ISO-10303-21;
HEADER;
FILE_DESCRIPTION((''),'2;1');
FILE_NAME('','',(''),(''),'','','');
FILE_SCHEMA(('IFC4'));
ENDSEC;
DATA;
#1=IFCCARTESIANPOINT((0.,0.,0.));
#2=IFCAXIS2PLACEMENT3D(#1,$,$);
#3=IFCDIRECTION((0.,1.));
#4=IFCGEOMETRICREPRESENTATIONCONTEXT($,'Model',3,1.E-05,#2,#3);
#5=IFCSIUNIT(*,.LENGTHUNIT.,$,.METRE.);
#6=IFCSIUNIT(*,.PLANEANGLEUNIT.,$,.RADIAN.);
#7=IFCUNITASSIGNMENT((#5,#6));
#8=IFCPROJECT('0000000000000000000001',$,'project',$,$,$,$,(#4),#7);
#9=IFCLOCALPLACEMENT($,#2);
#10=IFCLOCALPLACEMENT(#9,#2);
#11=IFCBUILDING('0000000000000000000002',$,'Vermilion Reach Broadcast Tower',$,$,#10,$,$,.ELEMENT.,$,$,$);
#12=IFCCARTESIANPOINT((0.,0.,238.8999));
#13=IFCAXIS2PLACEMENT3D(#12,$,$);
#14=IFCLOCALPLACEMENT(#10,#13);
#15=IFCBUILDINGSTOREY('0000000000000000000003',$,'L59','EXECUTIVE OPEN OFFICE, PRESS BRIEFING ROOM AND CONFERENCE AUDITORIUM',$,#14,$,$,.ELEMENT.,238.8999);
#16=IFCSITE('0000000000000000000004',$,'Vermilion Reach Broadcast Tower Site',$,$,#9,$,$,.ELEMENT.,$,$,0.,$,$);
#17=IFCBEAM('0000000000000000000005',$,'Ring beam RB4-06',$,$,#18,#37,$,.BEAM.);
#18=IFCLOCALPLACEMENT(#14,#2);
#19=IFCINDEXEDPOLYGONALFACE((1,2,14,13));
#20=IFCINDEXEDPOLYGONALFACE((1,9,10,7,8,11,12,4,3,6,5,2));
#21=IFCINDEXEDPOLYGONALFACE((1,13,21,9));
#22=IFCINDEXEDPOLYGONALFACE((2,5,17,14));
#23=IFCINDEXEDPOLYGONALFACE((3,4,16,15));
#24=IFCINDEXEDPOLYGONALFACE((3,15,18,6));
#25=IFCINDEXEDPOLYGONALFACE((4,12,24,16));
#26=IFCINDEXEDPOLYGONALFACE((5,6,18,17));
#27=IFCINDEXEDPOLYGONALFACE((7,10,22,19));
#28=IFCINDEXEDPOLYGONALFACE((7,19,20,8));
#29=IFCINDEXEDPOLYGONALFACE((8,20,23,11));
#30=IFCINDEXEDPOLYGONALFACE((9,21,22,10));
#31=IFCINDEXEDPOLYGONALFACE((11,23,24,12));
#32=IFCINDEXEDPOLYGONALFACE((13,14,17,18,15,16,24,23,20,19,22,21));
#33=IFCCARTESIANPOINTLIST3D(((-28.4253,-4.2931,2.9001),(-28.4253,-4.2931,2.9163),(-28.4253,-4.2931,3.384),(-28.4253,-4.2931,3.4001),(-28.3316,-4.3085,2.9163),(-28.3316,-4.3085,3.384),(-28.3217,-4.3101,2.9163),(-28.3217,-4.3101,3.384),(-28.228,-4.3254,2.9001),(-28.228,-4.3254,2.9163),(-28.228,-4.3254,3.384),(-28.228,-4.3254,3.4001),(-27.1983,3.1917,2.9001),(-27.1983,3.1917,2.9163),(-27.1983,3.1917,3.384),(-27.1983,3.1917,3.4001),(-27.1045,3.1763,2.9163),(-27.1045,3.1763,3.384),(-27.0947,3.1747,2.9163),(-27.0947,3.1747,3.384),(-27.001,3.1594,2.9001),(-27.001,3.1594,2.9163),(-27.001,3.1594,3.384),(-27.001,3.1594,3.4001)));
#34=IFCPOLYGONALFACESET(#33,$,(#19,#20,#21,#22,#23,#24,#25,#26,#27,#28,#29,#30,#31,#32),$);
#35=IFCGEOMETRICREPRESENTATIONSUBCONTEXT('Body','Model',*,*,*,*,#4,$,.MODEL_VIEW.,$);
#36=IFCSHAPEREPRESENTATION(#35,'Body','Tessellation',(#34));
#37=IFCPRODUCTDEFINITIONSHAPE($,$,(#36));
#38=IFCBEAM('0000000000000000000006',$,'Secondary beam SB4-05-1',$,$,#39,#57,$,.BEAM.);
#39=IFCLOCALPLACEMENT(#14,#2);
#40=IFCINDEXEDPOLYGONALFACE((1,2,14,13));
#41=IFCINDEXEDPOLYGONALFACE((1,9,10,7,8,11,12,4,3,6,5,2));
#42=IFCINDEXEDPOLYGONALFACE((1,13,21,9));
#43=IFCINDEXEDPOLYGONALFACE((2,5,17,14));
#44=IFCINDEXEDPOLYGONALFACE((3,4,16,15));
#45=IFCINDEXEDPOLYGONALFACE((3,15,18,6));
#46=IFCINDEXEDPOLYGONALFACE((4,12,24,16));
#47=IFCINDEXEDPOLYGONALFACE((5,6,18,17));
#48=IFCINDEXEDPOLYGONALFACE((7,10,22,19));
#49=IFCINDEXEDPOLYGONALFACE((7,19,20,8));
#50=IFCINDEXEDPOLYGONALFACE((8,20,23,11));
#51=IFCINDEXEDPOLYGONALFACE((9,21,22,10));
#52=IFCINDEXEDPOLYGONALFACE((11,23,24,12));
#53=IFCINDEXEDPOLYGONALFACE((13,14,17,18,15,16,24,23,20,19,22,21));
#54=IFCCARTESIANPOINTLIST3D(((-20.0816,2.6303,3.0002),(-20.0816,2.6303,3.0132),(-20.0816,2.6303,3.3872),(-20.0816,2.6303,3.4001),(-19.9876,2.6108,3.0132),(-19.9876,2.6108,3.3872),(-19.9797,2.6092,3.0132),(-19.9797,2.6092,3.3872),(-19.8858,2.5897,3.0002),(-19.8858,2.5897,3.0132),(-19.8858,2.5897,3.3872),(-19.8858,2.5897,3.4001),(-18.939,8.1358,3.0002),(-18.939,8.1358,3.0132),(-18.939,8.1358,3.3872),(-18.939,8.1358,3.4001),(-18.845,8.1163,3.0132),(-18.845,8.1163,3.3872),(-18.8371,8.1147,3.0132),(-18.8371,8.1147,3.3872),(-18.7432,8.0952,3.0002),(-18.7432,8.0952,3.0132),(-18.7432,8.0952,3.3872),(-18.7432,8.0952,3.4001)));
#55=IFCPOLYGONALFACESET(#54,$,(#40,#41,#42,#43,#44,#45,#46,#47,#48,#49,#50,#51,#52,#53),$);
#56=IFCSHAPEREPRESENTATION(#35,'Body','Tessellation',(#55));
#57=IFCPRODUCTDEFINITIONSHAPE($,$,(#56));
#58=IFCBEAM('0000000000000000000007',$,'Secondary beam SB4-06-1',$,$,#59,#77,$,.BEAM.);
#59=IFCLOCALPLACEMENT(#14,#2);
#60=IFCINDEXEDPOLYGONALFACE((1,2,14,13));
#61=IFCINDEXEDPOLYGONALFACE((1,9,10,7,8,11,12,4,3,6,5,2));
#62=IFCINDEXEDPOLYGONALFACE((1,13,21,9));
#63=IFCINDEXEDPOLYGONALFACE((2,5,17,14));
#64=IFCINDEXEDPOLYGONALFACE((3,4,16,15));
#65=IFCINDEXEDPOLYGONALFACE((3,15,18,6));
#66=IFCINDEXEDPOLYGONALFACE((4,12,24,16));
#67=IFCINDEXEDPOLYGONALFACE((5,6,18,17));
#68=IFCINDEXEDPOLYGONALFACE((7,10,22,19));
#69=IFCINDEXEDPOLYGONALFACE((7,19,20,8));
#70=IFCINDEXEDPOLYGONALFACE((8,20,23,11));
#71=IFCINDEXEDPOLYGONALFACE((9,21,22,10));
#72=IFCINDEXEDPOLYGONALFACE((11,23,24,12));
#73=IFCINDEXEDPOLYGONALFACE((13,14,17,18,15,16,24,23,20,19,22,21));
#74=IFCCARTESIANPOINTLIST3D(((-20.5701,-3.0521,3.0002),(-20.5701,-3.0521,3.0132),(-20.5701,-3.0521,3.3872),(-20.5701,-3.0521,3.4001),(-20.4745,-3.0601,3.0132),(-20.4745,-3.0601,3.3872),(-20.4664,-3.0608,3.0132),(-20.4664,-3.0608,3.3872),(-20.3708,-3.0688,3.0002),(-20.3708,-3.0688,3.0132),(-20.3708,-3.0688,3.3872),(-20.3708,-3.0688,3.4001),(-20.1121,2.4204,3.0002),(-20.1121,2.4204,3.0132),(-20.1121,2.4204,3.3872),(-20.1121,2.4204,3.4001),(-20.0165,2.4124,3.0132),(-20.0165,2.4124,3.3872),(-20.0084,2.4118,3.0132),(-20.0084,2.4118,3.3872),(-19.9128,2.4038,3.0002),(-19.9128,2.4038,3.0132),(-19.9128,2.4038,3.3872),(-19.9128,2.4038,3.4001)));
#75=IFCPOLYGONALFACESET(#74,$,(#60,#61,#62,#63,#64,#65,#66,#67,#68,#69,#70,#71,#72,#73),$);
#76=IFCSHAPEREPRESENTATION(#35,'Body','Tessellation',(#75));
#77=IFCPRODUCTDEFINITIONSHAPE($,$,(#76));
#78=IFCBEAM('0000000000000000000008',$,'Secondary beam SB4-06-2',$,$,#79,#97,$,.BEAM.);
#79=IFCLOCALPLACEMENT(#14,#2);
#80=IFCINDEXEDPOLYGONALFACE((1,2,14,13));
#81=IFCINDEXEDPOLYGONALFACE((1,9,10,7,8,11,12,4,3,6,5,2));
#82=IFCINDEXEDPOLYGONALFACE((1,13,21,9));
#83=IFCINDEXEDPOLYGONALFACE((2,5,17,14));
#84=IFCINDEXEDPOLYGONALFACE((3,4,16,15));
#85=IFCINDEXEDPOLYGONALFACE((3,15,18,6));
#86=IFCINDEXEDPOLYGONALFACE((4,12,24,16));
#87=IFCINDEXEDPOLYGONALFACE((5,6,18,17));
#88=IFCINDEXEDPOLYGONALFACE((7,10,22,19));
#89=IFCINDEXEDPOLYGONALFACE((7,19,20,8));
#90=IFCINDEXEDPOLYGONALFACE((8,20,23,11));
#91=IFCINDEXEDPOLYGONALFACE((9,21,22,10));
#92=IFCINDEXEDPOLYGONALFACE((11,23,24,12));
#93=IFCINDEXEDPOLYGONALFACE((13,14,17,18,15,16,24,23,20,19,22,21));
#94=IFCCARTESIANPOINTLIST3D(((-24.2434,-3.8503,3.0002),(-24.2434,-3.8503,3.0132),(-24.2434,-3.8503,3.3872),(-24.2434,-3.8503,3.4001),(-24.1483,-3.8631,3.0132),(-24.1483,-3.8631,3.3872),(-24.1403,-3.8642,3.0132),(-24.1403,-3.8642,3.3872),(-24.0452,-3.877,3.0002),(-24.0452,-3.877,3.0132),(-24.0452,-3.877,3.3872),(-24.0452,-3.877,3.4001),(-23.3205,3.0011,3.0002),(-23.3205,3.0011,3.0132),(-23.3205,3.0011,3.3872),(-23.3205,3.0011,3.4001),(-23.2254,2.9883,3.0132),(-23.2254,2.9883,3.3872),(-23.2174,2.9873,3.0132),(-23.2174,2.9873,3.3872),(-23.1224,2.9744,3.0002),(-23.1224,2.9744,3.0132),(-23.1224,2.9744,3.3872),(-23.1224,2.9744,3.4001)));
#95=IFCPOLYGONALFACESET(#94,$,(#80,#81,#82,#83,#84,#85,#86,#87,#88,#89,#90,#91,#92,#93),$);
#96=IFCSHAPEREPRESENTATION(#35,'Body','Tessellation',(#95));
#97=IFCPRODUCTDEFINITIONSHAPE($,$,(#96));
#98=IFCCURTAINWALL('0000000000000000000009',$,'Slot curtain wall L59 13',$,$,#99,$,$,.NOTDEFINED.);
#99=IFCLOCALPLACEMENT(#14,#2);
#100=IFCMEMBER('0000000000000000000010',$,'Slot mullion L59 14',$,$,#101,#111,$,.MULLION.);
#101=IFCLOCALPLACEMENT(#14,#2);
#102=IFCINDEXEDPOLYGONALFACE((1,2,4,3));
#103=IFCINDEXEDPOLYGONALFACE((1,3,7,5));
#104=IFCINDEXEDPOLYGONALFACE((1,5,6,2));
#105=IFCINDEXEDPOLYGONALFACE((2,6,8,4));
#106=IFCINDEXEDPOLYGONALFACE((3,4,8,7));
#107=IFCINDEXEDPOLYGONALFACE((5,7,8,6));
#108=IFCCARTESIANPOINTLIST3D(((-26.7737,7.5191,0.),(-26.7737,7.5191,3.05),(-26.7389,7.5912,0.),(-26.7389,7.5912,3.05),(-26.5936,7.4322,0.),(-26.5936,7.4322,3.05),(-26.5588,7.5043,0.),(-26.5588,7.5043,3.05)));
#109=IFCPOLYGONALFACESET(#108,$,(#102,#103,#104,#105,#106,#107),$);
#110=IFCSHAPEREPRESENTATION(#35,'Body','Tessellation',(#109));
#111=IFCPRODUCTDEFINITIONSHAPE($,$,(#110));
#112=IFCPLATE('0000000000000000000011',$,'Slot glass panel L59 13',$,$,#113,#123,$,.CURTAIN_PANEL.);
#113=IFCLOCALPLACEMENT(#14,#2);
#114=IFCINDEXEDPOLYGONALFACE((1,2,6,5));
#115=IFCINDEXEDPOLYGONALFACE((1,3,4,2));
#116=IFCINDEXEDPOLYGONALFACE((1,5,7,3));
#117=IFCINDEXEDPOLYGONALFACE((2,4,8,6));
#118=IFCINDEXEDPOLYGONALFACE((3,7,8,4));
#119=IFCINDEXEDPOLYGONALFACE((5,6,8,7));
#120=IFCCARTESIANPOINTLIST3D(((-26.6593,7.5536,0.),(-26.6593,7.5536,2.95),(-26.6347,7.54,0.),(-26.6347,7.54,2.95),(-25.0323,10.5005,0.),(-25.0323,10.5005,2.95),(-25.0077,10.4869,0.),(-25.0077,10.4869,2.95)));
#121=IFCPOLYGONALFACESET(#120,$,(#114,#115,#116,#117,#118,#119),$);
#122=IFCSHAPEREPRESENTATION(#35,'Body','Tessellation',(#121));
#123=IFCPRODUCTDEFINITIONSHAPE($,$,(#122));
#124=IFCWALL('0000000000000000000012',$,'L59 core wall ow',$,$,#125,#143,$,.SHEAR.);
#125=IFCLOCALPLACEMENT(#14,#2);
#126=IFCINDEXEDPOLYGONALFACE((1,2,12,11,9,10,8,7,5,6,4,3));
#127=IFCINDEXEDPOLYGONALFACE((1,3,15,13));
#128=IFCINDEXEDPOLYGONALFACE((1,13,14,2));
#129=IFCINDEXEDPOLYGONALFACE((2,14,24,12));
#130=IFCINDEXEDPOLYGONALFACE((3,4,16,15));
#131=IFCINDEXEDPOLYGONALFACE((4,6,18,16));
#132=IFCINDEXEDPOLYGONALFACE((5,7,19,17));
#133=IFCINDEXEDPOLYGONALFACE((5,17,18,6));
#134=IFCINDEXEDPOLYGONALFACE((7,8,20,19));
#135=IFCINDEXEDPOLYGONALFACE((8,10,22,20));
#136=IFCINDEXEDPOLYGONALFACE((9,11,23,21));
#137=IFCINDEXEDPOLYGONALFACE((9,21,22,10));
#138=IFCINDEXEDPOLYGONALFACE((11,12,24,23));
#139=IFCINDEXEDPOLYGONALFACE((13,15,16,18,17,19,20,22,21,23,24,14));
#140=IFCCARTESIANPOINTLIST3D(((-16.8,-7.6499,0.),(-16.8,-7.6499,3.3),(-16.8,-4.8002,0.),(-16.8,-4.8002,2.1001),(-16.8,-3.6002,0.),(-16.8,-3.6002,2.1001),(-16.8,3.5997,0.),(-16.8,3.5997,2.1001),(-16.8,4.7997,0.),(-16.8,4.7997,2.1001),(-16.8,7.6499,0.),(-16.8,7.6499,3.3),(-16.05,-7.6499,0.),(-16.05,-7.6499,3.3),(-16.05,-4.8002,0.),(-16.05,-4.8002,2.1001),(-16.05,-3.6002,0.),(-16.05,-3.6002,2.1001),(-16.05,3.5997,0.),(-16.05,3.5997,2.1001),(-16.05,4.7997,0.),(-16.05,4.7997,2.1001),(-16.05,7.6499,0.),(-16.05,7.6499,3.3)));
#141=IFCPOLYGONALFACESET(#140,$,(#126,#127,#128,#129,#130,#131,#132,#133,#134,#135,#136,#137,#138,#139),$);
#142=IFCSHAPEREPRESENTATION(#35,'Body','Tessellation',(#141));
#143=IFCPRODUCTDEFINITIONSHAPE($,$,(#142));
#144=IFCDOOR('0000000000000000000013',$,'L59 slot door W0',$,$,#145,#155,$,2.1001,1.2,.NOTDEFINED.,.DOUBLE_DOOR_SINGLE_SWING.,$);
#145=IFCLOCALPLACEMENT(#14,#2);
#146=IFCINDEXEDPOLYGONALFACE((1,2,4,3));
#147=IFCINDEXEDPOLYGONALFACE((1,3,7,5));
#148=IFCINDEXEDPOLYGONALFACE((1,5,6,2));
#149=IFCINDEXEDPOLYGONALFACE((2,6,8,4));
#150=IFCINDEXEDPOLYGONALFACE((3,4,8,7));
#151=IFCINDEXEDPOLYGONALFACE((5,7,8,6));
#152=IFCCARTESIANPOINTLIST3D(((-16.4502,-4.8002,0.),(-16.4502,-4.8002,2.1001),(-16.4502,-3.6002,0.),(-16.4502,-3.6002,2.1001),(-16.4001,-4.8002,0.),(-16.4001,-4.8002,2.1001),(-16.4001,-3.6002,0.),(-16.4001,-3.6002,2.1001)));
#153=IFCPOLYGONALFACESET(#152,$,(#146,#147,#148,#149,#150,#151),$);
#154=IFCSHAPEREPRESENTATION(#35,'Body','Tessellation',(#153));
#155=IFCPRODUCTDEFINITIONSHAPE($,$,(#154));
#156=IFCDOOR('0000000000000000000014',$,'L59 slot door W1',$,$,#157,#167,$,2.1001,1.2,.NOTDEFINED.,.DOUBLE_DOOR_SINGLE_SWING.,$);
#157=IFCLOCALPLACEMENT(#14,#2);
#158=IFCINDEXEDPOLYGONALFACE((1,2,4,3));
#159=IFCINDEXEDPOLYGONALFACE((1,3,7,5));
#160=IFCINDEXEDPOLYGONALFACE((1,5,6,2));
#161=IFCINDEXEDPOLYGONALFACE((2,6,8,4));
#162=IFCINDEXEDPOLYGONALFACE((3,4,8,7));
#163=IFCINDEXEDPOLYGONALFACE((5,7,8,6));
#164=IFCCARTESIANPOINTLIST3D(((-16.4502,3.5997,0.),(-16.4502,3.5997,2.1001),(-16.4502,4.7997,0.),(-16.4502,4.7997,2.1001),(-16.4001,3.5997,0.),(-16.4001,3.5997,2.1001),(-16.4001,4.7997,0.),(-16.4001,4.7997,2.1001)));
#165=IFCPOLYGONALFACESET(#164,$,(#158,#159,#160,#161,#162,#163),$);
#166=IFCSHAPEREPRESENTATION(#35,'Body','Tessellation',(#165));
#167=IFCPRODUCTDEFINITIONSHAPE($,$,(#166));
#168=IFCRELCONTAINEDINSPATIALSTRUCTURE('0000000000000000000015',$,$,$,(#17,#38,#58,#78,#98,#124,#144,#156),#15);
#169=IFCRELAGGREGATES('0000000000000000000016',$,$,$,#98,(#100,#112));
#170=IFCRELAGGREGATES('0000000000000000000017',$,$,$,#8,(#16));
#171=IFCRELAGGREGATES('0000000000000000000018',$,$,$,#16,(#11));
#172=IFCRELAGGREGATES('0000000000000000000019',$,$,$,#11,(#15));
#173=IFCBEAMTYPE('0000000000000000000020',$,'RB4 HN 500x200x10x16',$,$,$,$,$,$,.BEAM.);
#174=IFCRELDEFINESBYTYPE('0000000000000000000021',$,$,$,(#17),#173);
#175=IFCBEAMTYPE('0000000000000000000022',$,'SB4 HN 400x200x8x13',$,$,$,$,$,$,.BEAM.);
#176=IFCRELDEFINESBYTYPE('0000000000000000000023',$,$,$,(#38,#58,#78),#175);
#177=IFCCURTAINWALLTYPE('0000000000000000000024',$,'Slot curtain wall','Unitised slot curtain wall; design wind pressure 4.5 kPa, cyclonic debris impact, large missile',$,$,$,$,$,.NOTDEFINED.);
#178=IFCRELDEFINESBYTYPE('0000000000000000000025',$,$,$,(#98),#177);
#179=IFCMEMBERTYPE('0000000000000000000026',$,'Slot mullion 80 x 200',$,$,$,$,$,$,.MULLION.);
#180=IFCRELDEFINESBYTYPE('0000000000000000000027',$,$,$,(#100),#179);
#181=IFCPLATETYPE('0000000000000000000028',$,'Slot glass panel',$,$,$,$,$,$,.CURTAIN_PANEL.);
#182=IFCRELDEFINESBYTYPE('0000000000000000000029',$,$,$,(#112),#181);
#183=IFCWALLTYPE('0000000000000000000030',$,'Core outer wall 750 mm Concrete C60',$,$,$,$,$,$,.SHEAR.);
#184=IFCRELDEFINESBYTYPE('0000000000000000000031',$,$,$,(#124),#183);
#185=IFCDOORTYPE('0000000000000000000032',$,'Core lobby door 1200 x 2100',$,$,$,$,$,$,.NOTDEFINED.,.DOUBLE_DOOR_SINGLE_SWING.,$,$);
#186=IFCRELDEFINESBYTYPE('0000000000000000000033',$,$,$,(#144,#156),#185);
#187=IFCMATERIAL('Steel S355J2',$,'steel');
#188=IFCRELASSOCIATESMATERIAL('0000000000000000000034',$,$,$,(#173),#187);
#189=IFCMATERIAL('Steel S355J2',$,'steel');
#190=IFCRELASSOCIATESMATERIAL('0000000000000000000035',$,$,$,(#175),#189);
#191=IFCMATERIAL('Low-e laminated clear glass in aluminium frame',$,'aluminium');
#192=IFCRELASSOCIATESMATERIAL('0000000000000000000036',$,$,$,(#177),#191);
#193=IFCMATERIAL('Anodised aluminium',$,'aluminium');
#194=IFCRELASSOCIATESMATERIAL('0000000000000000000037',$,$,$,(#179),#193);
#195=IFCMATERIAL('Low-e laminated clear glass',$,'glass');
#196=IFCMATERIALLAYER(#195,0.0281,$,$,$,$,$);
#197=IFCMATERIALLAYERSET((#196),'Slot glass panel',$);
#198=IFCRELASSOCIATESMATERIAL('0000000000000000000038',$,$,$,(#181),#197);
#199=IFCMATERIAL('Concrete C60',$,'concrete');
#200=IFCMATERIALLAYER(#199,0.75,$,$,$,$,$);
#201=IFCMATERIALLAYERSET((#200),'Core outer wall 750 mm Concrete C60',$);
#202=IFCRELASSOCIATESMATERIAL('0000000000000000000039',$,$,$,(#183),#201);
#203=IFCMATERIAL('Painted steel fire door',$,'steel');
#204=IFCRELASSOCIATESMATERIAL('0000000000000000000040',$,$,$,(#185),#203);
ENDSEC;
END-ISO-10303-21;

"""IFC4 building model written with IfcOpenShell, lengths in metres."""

from ifc_helpers import new_model, si_unit, direction, frame, frame_2d, origin, origin_2d, place, context, subcontext, project, spatial, rectangle, i_section, extrude, material, layer, layer_set, material_profile, profile_set, type_object, element, fill, aggregate, save


model = new_model("IFC4")

# Units and contexts
model_context = context("Model", 3, precision=1e-05, world=origin(), true_north=direction((0.0, 1.0)))
body_context = subcontext(model_context, "Body", "Model", "MODEL_VIEW")
ifc_project = project(units=[si_unit("LENGTHUNIT", "METRE"), si_unit("PLANEANGLEUNIT", "RADIAN")], contexts=[model_context])

# Site, building, storey
site_placement = place(None, origin())
site = spatial("IfcSite", under=ifc_project, at=site_placement, Name="Vermilion Reach Broadcast Tower Site", CompositionType="ELEMENT", RefElevation=0.0)
building_placement = place(site_placement, origin())
building = spatial("IfcBuilding", under=site, at=building_placement, Name="Vermilion Reach Broadcast Tower", CompositionType="ELEMENT")
storey_placement = place(building_placement, frame((0.0, 0.0, 238.8999)))
storey = spatial("IfcBuildingStorey", under=building, at=storey_placement, Name="L59", Description="EXECUTIVE OPEN OFFICE, PRESS BRIEFING ROOM AND CONFERENCE AUDITORIUM", CompositionType="ELEMENT", Elevation=238.8999)

# Beams
ifc_material_1 = material(Name="Steel S355J2", Category="steel")
ifc_material_profile_1 = material_profile(ifc_material_1, i_section(OverallWidth=0.2, OverallDepth=0.5, WebThickness=0.01, FlangeThickness=0.0161, at=origin_2d()), Name="S355J2 HN 500x200x10x16")
ifc_profile_set_1 = profile_set([ifc_material_profile_1], Name="Steel S355J2")
beam_type_1 = type_object("IfcBeamType", Name="RB4 HN 500x200x10x16", PredefinedType="BEAM", material=ifc_profile_set_1)
beam_1_placement = place(storey_placement, frame((-27.0996, 3.1755, 3.1501), z_axis=(-0.161778, -0.986827, 0.0), x_axis=(0.986827, -0.161778, 0.0)))
element("IfcBeam", 1, at=beam_1_placement, inside=storey, type_object=beam_type_1, Name="Ring beam RB4-06", PredefinedType="BEAM", context=body_context, shape_type="SweptSolid", body=[
    extrude(i_section(OverallWidth=0.2, OverallDepth=0.5, WebThickness=0.01, FlangeThickness=0.0161, at=origin_2d()), origin(), (0.0, 0.0, 1.0), 7.5847),
])
ifc_material_2 = material(Name="Steel S355J2", Category="steel")
ifc_material_profile_2 = material_profile(ifc_material_2, i_section(OverallWidth=0.2, OverallDepth=0.3999, WebThickness=0.0081, FlangeThickness=0.0129, at=origin_2d()), Name="S355J2 HN 400x200x8x13")
ifc_profile_set_2 = profile_set([ifc_material_profile_2], Name="Steel S355J2")
beam_type_2 = type_object("IfcBeamType", Name="SB4 HN 400x200x8x13", PredefinedType="BEAM", material=ifc_profile_set_2)
beam_2_placement = place(storey_placement, frame((-18.8411, 8.1155, 3.2002), z_axis=(-0.203209, -0.979135, 0.0), x_axis=(0.979135, -0.203209, 0.0)))
element("IfcBeam", 2, at=beam_2_placement, inside=storey, type_object=beam_type_2, Name="Secondary beam SB4-05-1", PredefinedType="BEAM", context=body_context, shape_type="SweptSolid", body=[
    extrude(i_section(OverallWidth=0.2, OverallDepth=0.3999, WebThickness=0.0081, FlangeThickness=0.0129, at=origin_2d()), origin(), (0.0, 0.0, 1.0), 5.6228),
])
beam_3_placement = place(storey_placement, frame((-20.0125, 2.4121, 3.2002), z_axis=(-0.083399, -0.996516, 0.0), x_axis=(0.996516, -0.083399, 0.0)))
element("IfcBeam", 3, at=beam_3_placement, inside=storey, type_object=beam_type_2, Name="Secondary beam SB4-06-1", PredefinedType="BEAM", context=body_context, shape_type="SweptSolid", body=[
    extrude(i_section(OverallWidth=0.2, OverallDepth=0.3999, WebThickness=0.0081, FlangeThickness=0.0129, at=origin_2d()), origin(), (0.0, 0.0, 1.0), 5.4917),
])
beam_4_placement = place(storey_placement, frame((-23.2214, 2.9878, 3.2002), z_axis=(-0.133487, -0.991051, 0.0), x_axis=(0.991051, -0.133487, 0.0)))
element("IfcBeam", 4, at=beam_4_placement, inside=storey, type_object=beam_type_2, Name="Secondary beam SB4-06-2", PredefinedType="BEAM", context=body_context, shape_type="SweptSolid", body=[
    extrude(i_section(OverallWidth=0.2, OverallDepth=0.3999, WebThickness=0.0081, FlangeThickness=0.0129, at=origin_2d()), origin(), (0.0, 0.0, 1.0), 6.9133),
])

# Curtain wall, member, plate
ifc_material_3 = material(Name="Low-e laminated clear glass in aluminium frame", Category="aluminium")
curtain_wall_type = type_object("IfcCurtainWallType", Name="Slot curtain wall", Description="Unitised slot curtain wall; design wind pressure 4.5 kPa, cyclonic debris impact, large missile", PredefinedType="NOTDEFINED", material=ifc_material_3)
curtain_wall_placement = place(storey_placement, origin())
curtain_wall = element("IfcCurtainWall", 5, at=curtain_wall_placement, inside=storey, type_object=curtain_wall_type, Name="Slot curtain wall L59 13", PredefinedType="NOTDEFINED")
ifc_material_4 = material(Name="Anodised aluminium", Category="aluminium")
ifc_material_profile_3 = material_profile(ifc_material_4, rectangle(XDim=0.2, YDim=0.0801, at=origin_2d()), Name="Slot mullion 80 x 200")
ifc_profile_set_3 = profile_set([ifc_material_profile_3], Name="Anodised aluminium")
member_type = type_object("IfcMemberType", Name="Slot mullion 80 x 200", PredefinedType="MULLION", material=ifc_profile_set_3)
member_placement = place(storey_placement, frame((-26.6663, 7.5117, 0.0), z_axis=(0.0, 0.0, 1.0), x_axis=(0.90063, -0.434587, 0.0)))
member = element("IfcMember", 6, at=member_placement, type_object=member_type, Name="Slot mullion L59 14", PredefinedType="MULLION", context=body_context, shape_type="SweptSolid", body=[
    extrude(rectangle(XDim=0.2, YDim=0.0801, at=origin_2d()), origin(), (0.0, 0.0, 1.0), 3.05),
])
ifc_material_5 = material(Name="Low-e laminated clear glass", Category="glass")
ifc_layer_1 = layer(ifc_material_5, 0.0281)
ifc_layer_set_1 = layer_set([ifc_layer_1], Name="Slot glass panel")
plate_type = type_object("IfcPlateType", Name="Slot glass panel", PredefinedType="CURTAIN_PANEL", material=ifc_layer_set_1)
plate_placement = place(storey_placement, frame((-25.8335, 9.0203, 0.0), z_axis=(0.0, 0.0, 1.0), x_axis=(-0.48332, -0.875444, 0.0)))
plate = element("IfcPlate", 7, at=plate_placement, type_object=plate_type, Name="Slot glass panel L59 13", PredefinedType="CURTAIN_PANEL", context=body_context, shape_type="SweptSolid", body=[
    extrude(rectangle(XDim=3.3662, YDim=0.0281, at=origin_2d()), origin(), (0.0, 0.0, 1.0), 2.95),
])
aggregate(curtain_wall, [member, plate])

# Wall, openings, doors
ifc_material_6 = material(Name="Concrete C60", Category="concrete")
ifc_layer_2 = layer(ifc_material_6, 0.75)
ifc_layer_set_2 = layer_set([ifc_layer_2], Name="Core outer wall 750 mm Concrete C60")
wall_type_1 = type_object("IfcWallType", Name="Core outer wall 750 mm Concrete C60", PredefinedType="SHEAR", material=ifc_layer_set_2)
wall_1_placement = place(storey_placement, frame((-16.425, 7.6499, 0.0), z_axis=(0.0, 0.0, 1.0), x_axis=(0.0, -1.0, 0.0)))
wall_1 = element("IfcWall", 8, at=wall_1_placement, inside=storey, type_object=wall_type_1, Name="L59 core wall ow", PredefinedType="SHEAR", context=body_context, shape_type="SweptSolid", body=[
    extrude(rectangle(XDim=15.2998, YDim=0.75, at=frame_2d((7.6499, 0.0))), origin(), (0.0, 0.0, 1.0), 3.3),
])
opening_1_placement = place(wall_1_placement, frame((11.25, 0.0, 0.0)))
opening_1 = element("IfcOpeningElement", 9, at=opening_1_placement, cuts=wall_1, PredefinedType="OPENING", context=body_context, shape_type="SweptSolid", body=[
    extrude(rectangle(XDim=1.2, YDim=2.1001, at=frame_2d((0.6001, 1.05))), frame((0.0, 0.385, 0.0), z_axis=(0.0, -1.0, 0.0), x_axis=(1.0, 0.0, 0.0)), (0.0, 0.0, 1.0), 0.77),
])
opening_2_placement = place(wall_1_placement, frame((2.8501, 0.0, 0.0)))
opening_2 = element("IfcOpeningElement", 10, at=opening_2_placement, cuts=wall_1, PredefinedType="OPENING", context=body_context, shape_type="SweptSolid", body=[
    extrude(rectangle(XDim=1.2, YDim=2.1001, at=frame_2d((0.6001, 1.05))), frame((0.0, 0.385, 0.0), z_axis=(0.0, -1.0, 0.0), x_axis=(1.0, 0.0, 0.0)), (0.0, 0.0, 1.0), 0.77),
])
ifc_material_7 = material(Name="Painted steel fire door", Category="steel")
door_type_1 = type_object("IfcDoorType", Name="Core lobby door 1200 x 2100", OperationType="DOUBLE_DOOR_SINGLE_SWING", PredefinedType="NOTDEFINED", material=ifc_material_7)
door_1_placement = place(opening_1_placement, origin())
door_1 = element("IfcDoor", 11, at=door_1_placement, inside=storey, type_object=door_type_1, Name="L59 slot door W0", OperationType="DOUBLE_DOOR_SINGLE_SWING", OverallHeight=2.1001, OverallWidth=1.2, PredefinedType="NOTDEFINED", context=body_context, shape_type="SweptSolid", body=[
    extrude(rectangle(XDim=1.2, YDim=2.1001, at=frame_2d((0.6001, 1.05))), frame((0.0, 0.0249, 0.0), z_axis=(0.0, -1.0, 0.0), x_axis=(1.0, 0.0, 0.0)), (0.0, 0.0, 1.0), 0.05),
])
fill(opening_1, door_1)
door_2_placement = place(opening_2_placement, origin())
door_2 = element("IfcDoor", 12, at=door_2_placement, inside=storey, type_object=door_type_1, Name="L59 slot door W1", OperationType="DOUBLE_DOOR_SINGLE_SWING", OverallHeight=2.1001, OverallWidth=1.2, PredefinedType="NOTDEFINED", context=body_context, shape_type="SweptSolid", body=[
    extrude(rectangle(XDim=1.2, YDim=2.1001, at=frame_2d((0.6001, 1.05))), frame((0.0, 0.0249, 0.0), z_axis=(0.0, -1.0, 0.0), x_axis=(1.0, 0.0, 0.0)), (0.0, 0.0, 1.0), 0.05),
])
fill(opening_2, door_2)

save(model, "model.ifc")
